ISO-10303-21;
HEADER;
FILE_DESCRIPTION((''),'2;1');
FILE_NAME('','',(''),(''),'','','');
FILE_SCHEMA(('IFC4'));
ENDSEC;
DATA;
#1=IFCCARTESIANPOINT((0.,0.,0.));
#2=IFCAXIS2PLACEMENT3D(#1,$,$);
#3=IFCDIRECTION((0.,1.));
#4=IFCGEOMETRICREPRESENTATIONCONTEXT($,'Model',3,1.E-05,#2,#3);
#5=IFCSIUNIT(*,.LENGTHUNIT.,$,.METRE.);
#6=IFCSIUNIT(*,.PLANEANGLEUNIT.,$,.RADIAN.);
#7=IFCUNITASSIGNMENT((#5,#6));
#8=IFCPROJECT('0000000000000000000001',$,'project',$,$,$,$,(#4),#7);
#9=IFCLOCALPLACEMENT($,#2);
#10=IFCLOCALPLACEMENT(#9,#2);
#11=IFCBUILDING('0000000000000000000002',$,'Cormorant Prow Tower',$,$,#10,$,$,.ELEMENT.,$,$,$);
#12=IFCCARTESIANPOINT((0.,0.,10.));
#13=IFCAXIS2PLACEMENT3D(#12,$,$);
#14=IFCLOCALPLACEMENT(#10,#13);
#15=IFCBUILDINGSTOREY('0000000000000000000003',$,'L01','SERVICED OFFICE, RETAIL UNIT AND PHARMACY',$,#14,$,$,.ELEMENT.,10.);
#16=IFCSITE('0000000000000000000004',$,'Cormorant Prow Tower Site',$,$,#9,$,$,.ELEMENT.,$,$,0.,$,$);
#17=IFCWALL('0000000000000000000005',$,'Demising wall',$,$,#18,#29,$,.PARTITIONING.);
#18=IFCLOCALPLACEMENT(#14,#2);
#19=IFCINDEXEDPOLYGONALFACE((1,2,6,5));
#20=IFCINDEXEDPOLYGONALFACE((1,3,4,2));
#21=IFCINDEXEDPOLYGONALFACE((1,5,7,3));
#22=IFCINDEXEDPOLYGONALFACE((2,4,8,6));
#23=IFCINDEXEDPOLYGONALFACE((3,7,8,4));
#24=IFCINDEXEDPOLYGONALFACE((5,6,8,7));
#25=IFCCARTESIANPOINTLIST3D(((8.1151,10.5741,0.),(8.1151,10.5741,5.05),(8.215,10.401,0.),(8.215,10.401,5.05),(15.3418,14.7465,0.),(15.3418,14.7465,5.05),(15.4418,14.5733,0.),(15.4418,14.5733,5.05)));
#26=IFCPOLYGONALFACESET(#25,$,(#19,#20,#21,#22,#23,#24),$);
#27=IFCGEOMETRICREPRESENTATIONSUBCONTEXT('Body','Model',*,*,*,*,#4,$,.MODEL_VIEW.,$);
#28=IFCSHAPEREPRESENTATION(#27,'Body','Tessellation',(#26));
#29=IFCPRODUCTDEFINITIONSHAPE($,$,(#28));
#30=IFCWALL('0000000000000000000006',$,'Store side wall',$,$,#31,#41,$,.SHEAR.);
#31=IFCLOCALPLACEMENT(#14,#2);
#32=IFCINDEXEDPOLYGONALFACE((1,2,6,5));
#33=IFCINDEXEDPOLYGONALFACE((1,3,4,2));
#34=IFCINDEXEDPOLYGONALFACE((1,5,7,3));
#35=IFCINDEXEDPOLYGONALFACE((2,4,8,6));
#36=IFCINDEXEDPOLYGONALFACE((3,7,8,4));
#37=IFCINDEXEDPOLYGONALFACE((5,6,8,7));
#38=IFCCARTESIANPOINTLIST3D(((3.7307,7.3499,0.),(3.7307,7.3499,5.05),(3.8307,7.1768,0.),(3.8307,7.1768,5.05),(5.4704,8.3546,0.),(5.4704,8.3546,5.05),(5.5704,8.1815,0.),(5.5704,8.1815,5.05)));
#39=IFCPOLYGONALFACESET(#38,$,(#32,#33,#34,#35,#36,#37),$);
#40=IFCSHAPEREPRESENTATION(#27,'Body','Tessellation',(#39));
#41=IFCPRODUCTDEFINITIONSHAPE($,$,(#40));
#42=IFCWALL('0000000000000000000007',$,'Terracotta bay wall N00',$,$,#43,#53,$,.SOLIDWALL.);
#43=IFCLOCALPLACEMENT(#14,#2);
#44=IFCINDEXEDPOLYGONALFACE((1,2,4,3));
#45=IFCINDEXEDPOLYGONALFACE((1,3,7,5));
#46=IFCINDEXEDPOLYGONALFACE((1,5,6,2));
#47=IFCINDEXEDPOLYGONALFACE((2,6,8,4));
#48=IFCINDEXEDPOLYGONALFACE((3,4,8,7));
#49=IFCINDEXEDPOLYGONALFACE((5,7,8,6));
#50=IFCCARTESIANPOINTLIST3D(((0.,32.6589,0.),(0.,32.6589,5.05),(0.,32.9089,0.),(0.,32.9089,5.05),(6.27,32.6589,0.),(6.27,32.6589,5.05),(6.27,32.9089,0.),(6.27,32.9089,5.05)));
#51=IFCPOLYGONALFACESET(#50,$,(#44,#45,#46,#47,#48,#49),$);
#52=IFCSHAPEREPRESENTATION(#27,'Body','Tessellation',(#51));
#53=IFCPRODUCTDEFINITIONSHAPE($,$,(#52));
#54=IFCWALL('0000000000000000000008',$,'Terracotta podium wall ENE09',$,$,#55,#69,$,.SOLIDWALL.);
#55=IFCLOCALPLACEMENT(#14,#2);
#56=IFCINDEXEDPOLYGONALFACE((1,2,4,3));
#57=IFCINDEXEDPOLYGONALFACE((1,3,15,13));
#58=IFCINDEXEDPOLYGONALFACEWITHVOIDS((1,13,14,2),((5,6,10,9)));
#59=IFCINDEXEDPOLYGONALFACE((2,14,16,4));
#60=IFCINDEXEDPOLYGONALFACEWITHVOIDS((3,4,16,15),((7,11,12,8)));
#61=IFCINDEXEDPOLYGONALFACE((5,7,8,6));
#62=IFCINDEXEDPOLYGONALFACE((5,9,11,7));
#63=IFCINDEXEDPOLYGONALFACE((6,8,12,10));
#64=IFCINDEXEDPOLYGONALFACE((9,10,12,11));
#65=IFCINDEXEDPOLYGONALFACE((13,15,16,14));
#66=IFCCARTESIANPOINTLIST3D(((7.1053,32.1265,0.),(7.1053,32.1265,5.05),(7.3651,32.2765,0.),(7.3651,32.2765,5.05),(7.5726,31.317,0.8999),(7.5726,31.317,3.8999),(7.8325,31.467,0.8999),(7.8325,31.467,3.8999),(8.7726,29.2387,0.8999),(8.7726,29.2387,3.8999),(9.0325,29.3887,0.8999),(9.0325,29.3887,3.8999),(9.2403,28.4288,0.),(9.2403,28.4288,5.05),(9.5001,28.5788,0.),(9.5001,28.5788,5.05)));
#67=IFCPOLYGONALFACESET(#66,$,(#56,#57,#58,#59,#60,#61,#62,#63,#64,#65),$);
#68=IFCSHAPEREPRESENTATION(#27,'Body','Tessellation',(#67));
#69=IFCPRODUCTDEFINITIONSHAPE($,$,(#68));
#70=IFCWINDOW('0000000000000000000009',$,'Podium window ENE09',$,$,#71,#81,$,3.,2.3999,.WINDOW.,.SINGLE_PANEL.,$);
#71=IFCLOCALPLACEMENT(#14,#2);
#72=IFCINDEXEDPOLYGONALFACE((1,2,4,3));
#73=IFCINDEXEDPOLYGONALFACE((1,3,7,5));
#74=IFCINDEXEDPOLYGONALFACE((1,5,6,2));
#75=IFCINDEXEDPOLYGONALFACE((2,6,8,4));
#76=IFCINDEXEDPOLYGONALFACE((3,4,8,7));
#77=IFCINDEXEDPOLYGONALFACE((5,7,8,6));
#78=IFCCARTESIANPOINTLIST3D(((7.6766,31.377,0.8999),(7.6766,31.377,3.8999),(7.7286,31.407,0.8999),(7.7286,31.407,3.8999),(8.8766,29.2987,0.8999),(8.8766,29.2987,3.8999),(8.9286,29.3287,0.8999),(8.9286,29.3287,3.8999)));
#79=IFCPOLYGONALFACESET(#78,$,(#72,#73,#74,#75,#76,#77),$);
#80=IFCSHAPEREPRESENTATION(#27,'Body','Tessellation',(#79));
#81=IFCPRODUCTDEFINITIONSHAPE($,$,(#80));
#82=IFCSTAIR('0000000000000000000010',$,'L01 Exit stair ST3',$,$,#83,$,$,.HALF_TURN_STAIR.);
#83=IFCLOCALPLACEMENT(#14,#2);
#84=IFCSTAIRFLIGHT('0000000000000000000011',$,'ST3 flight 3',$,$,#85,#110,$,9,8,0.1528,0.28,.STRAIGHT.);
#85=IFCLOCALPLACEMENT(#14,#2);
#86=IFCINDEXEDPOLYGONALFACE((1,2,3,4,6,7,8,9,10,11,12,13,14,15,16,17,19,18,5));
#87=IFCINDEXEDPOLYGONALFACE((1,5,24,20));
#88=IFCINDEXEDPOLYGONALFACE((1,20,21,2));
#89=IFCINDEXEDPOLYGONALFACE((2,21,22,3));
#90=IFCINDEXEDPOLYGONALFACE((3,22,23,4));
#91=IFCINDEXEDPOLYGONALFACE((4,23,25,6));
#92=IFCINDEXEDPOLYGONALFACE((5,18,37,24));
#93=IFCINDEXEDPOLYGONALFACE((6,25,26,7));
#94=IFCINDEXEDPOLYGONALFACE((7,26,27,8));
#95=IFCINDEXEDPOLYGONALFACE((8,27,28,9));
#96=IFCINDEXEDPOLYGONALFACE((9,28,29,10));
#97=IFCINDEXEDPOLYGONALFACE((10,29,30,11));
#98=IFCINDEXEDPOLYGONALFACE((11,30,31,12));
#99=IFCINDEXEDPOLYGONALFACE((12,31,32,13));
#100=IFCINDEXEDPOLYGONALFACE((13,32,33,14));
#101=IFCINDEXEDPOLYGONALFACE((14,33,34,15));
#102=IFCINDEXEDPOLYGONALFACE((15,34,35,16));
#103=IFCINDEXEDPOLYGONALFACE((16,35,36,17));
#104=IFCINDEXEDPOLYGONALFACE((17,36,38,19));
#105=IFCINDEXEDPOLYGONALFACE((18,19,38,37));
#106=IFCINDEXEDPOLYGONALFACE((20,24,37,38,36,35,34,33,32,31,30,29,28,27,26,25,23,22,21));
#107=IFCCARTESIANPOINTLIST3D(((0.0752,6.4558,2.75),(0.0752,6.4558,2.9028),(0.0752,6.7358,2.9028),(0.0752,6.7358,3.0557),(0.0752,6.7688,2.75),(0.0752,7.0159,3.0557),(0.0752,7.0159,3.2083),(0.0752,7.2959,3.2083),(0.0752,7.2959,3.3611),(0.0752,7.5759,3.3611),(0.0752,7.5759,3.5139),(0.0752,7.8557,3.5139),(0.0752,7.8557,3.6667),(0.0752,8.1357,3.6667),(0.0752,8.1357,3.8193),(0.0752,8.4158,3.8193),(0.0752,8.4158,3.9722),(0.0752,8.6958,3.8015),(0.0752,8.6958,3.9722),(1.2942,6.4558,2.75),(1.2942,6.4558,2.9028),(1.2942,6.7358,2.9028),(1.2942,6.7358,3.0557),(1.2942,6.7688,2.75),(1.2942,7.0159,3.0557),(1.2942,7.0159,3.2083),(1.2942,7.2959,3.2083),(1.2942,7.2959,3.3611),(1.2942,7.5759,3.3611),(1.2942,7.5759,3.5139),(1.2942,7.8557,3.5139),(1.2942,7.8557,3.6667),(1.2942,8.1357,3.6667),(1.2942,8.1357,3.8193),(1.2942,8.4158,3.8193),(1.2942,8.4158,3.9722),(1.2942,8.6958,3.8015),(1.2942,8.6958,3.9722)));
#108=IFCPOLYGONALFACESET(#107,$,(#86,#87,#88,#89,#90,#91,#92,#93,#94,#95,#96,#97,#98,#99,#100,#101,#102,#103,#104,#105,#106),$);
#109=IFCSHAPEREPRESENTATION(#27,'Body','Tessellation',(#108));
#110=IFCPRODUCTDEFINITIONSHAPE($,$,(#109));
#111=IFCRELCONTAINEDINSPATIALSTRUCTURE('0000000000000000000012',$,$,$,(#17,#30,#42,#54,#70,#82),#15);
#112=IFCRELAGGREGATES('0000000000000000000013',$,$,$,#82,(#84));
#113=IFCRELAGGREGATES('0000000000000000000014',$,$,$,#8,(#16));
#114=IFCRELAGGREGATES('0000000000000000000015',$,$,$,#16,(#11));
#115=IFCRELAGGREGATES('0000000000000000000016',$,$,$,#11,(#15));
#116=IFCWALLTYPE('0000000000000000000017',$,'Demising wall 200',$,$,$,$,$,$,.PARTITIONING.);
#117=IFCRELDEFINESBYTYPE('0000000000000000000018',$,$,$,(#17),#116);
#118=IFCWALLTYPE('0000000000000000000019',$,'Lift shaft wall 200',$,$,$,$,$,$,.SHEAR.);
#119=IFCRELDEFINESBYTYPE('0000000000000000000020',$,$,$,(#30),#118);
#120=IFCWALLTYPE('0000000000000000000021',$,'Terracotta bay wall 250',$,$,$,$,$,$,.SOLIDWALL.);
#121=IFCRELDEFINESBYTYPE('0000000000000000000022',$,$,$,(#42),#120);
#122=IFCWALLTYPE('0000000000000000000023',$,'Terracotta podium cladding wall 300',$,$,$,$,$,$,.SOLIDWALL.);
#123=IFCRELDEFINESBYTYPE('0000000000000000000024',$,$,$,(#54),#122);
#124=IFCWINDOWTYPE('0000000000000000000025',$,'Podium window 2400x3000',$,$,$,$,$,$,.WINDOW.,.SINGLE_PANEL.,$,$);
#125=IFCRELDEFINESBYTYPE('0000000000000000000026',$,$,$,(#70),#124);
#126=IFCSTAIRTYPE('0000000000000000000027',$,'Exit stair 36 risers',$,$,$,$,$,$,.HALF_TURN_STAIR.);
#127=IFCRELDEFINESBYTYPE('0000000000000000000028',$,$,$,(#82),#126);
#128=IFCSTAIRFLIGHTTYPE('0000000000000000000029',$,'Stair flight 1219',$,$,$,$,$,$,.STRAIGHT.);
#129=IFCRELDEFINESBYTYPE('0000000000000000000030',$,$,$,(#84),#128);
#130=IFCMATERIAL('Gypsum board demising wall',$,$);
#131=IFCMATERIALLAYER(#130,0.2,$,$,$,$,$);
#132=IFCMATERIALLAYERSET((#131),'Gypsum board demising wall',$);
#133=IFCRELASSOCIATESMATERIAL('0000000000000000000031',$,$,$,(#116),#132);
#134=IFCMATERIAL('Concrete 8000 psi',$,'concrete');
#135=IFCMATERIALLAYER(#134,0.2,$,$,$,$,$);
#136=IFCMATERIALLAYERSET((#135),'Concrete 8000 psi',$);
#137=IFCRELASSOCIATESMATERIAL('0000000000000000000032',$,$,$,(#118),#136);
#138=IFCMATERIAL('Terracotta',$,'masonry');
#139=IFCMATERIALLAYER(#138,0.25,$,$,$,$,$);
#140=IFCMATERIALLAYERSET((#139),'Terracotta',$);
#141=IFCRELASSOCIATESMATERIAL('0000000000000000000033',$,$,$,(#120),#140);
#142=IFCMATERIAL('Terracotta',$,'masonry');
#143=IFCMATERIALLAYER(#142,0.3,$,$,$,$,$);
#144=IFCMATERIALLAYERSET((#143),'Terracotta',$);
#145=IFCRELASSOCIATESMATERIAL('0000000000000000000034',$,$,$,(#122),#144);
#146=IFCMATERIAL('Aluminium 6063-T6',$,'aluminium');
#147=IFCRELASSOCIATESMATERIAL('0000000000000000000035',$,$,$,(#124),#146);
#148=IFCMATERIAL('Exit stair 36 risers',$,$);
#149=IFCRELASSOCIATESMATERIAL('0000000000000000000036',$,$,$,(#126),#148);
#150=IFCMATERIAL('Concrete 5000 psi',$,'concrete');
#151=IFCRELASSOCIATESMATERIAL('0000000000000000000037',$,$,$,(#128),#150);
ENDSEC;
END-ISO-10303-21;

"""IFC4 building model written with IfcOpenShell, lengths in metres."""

from ifc_helpers import new_model, si_unit, direction, frame, frame_2d, origin, place, context, subcontext, project, spatial, polyline, rectangle, outline, extrude, material, layer, layer_set, type_object, element, fill, aggregate, save


model = new_model("IFC4")

# Units and contexts
model_context = context("Model", 3, precision=1e-05, world=origin(), true_north=direction((0.0, 1.0)))
body_context = subcontext(model_context, "Body", "Model", "MODEL_VIEW")
ifc_project = project(units=[si_unit("LENGTHUNIT", "METRE"), si_unit("PLANEANGLEUNIT", "RADIAN")], contexts=[model_context])

# Site, building, storey
site_placement = place(None, origin())
site = spatial("IfcSite", under=ifc_project, at=site_placement, Name="Cormorant Prow Tower Site", CompositionType="ELEMENT", RefElevation=0.0)
building_placement = place(site_placement, origin())
building = spatial("IfcBuilding", under=site, at=building_placement, Name="Cormorant Prow Tower", CompositionType="ELEMENT")
storey_placement = place(building_placement, frame((0.0, 0.0, 10.0)))
storey = spatial("IfcBuildingStorey", under=building, at=storey_placement, Name="L01", Description="SERVICED OFFICE, RETAIL UNIT AND PHARMACY", CompositionType="ELEMENT", Elevation=10.0)

# Walls
ifc_material_1 = material(Name="Gypsum board demising wall")
ifc_layer_1 = layer(ifc_material_1, 0.2)
ifc_layer_set_1 = layer_set([ifc_layer_1], Name="Gypsum board demising wall")
wall_type_1 = type_object("IfcWallType", Name="Demising wall 200", PredefinedType="PARTITIONING", material=ifc_layer_set_1)
wall_1_placement = place(storey_placement, frame((8.165, 10.4875, 0.0), z_axis=(0.0, 0.0, 1.0), x_axis=(0.866027, 0.499997, 0.0)))
element("IfcWall", 1, at=wall_1_placement, inside=storey, type_object=wall_type_1, Name="Demising wall", PredefinedType="PARTITIONING", context=body_context, shape_type="SweptSolid", body=[
    extrude(rectangle(XDim=8.3447, YDim=0.2, at=frame_2d((4.1724, 0.0))), origin(), (0.0, 0.0, 1.0), 5.05),
])
ifc_material_2 = material(Name="Concrete 8000 psi", Category="concrete")
ifc_layer_2 = layer(ifc_material_2, 0.2)
ifc_layer_set_2 = layer_set([ifc_layer_2], Name="Concrete 8000 psi")
wall_type_2 = type_object("IfcWallType", Name="Lift shaft wall 200", PredefinedType="SHEAR", material=ifc_layer_set_2)
wall_2_placement = place(storey_placement, frame((3.7808, 7.2634, 0.0), z_axis=(0.0, 0.0, 1.0), x_axis=(0.865983, 0.500073, 0.0)))
element("IfcWall", 2, at=wall_2_placement, inside=storey, type_object=wall_type_2, Name="Store side wall", PredefinedType="SHEAR", context=body_context, shape_type="SweptSolid", body=[
    extrude(rectangle(XDim=2.009, YDim=0.2, at=frame_2d((1.0044, 0.0))), origin(), (0.0, 0.0, 1.0), 5.05),
])
ifc_material_3 = material(Name="Terracotta", Category="masonry")
ifc_layer_3 = layer(ifc_material_3, 0.25)
ifc_layer_set_3 = layer_set([ifc_layer_3], Name="Terracotta")
wall_type_3 = type_object("IfcWallType", Name="Terracotta bay wall 250", PredefinedType="SOLIDWALL", material=ifc_layer_set_3)
wall_3_placement = place(storey_placement, frame((6.27, 32.7839, 0.0), z_axis=(0.0, 0.0, 1.0), x_axis=(-1.0, 0.0, 0.0)))
element("IfcWall", 3, at=wall_3_placement, inside=storey, type_object=wall_type_3, Name="Terracotta bay wall N00", PredefinedType="SOLIDWALL", context=body_context, shape_type="SweptSolid", body=[
    extrude(rectangle(XDim=6.27, YDim=0.25, at=frame_2d((3.135, 0.0))), origin(), (0.0, 0.0, 1.0), 5.05),
])

# Wall, opening, window
ifc_material_4 = material(Name="Terracotta", Category="masonry")
ifc_layer_4 = layer(ifc_material_4, 0.3)
ifc_layer_set_4 = layer_set([ifc_layer_4], Name="Terracotta")
wall_type_4 = type_object("IfcWallType", Name="Terracotta podium cladding wall 300", PredefinedType="SOLIDWALL", material=ifc_layer_set_4)
wall_4_placement = place(storey_placement, frame((9.3701, 28.5039, 0.0), z_axis=(0.0, 0.0, 1.0), x_axis=(-0.500019, 0.866014, 0.0)))
wall_4 = element("IfcWall", 4, at=wall_4_placement, inside=storey, type_object=wall_type_4, Name="Terracotta podium wall ENE09", PredefinedType="SOLIDWALL", context=body_context, shape_type="SweptSolid", body=[
    extrude(rectangle(XDim=4.2698, YDim=0.3, at=frame_2d((2.1348, 0.0))), origin(), (0.0, 0.0, 1.0), 5.05),
])
opening_1_placement = place(wall_4_placement, frame((0.9351, 0.0, 0.8999)))
opening_1 = element("IfcOpeningElement", 5, at=opening_1_placement, cuts=wall_4, PredefinedType="OPENING", context=body_context, shape_type="SweptSolid", body=[
    extrude(rectangle(XDim=2.3999, YDim=3.0, at=frame_2d((1.2, 1.5))), frame((0.0, 0.1599, 0.0), z_axis=(0.0, -1.0, 0.0), x_axis=(1.0, 0.0, 0.0)), (0.0, 0.0, 1.0), 0.3201),
])
ifc_material_5 = material(Name="Aluminium 6063-T6", Category="aluminium")
window_type = type_object("IfcWindowType", Name="Podium window 2400x3000", PartitioningType="SINGLE_PANEL", PredefinedType="WINDOW", material=ifc_material_5)
window_placement = place(opening_1_placement, origin())
window = element("IfcWindow", 6, at=window_placement, inside=storey, type_object=window_type, Name="Podium window ENE09", OverallHeight=3.0, OverallWidth=2.3999, PartitioningType="SINGLE_PANEL", PredefinedType="WINDOW", context=body_context, shape_type="SweptSolid", body=[
    extrude(rectangle(XDim=2.3999, YDim=3.0, at=frame_2d((1.2, 1.5))), frame((0.0, 0.03, 0.0), z_axis=(0.0, -1.0, 0.0), x_axis=(1.0, 0.0, 0.0)), (0.0, 0.0, 1.0), 0.0601),
])
fill(opening_1, window)

# Stair, stair flight
ifc_material_6 = material(Name="Exit stair 36 risers")
stair_type = type_object("IfcStairType", Name="Exit stair 36 risers", PredefinedType="HALF_TURN_STAIR", material=ifc_material_6)
stair_placement = place(storey_placement, origin())
stair = element("IfcStair", 7, at=stair_placement, inside=storey, type_object=stair_type, Name="L01 Exit stair ST3", PredefinedType="HALF_TURN_STAIR")
ifc_material_7 = material(Name="Concrete 5000 psi", Category="concrete")
stair_flight_type = type_object("IfcStairFlightType", Name="Stair flight 1219", PredefinedType="STRAIGHT", material=ifc_material_7)
stair_flight_placement = place(storey_placement, frame((0.6846, 6.4558, 2.75), z_axis=(0.0, 0.0, 1.0), x_axis=(0.0, 1.0, 0.0)))
stair_flight = element("IfcStairFlight", 8, at=stair_flight_placement, type_object=stair_flight_type, Name="ST3 flight 3", NumberOfRisers=9, NumberOfTreads=8, PredefinedType="STRAIGHT", RiserHeight=0.1528, TreadLength=0.28, context=body_context, shape_type="SweptSolid", body=[
    extrude(outline(polyline([(0.0, 0.0), (0.0, 0.1528), (0.28, 0.1528), (0.28, 0.3057), (0.5601, 0.3057), (0.5601, 0.4583), (0.8401, 0.4583), (0.8401, 0.6111), (1.1201, 0.6111), (1.1201, 0.7639), (1.3999, 0.7639), (1.3999, 0.9167), (1.6799, 0.9167), (1.6799, 1.0693), (1.96, 1.0693), (1.96, 1.2222), (2.24, 1.2222), (2.24, 1.375), (2.24, 1.0515), (0.313, 0.0), (0.0, 0.0)])), frame((0.0, 0.6094, 0.0), z_axis=(0.0, -1.0, 0.0), x_axis=(1.0, 0.0, 0.0)), (0.0, 0.0, 1.0), 1.219),
])
aggregate(stair, [stair_flight])

save(model, "model.ifc")
